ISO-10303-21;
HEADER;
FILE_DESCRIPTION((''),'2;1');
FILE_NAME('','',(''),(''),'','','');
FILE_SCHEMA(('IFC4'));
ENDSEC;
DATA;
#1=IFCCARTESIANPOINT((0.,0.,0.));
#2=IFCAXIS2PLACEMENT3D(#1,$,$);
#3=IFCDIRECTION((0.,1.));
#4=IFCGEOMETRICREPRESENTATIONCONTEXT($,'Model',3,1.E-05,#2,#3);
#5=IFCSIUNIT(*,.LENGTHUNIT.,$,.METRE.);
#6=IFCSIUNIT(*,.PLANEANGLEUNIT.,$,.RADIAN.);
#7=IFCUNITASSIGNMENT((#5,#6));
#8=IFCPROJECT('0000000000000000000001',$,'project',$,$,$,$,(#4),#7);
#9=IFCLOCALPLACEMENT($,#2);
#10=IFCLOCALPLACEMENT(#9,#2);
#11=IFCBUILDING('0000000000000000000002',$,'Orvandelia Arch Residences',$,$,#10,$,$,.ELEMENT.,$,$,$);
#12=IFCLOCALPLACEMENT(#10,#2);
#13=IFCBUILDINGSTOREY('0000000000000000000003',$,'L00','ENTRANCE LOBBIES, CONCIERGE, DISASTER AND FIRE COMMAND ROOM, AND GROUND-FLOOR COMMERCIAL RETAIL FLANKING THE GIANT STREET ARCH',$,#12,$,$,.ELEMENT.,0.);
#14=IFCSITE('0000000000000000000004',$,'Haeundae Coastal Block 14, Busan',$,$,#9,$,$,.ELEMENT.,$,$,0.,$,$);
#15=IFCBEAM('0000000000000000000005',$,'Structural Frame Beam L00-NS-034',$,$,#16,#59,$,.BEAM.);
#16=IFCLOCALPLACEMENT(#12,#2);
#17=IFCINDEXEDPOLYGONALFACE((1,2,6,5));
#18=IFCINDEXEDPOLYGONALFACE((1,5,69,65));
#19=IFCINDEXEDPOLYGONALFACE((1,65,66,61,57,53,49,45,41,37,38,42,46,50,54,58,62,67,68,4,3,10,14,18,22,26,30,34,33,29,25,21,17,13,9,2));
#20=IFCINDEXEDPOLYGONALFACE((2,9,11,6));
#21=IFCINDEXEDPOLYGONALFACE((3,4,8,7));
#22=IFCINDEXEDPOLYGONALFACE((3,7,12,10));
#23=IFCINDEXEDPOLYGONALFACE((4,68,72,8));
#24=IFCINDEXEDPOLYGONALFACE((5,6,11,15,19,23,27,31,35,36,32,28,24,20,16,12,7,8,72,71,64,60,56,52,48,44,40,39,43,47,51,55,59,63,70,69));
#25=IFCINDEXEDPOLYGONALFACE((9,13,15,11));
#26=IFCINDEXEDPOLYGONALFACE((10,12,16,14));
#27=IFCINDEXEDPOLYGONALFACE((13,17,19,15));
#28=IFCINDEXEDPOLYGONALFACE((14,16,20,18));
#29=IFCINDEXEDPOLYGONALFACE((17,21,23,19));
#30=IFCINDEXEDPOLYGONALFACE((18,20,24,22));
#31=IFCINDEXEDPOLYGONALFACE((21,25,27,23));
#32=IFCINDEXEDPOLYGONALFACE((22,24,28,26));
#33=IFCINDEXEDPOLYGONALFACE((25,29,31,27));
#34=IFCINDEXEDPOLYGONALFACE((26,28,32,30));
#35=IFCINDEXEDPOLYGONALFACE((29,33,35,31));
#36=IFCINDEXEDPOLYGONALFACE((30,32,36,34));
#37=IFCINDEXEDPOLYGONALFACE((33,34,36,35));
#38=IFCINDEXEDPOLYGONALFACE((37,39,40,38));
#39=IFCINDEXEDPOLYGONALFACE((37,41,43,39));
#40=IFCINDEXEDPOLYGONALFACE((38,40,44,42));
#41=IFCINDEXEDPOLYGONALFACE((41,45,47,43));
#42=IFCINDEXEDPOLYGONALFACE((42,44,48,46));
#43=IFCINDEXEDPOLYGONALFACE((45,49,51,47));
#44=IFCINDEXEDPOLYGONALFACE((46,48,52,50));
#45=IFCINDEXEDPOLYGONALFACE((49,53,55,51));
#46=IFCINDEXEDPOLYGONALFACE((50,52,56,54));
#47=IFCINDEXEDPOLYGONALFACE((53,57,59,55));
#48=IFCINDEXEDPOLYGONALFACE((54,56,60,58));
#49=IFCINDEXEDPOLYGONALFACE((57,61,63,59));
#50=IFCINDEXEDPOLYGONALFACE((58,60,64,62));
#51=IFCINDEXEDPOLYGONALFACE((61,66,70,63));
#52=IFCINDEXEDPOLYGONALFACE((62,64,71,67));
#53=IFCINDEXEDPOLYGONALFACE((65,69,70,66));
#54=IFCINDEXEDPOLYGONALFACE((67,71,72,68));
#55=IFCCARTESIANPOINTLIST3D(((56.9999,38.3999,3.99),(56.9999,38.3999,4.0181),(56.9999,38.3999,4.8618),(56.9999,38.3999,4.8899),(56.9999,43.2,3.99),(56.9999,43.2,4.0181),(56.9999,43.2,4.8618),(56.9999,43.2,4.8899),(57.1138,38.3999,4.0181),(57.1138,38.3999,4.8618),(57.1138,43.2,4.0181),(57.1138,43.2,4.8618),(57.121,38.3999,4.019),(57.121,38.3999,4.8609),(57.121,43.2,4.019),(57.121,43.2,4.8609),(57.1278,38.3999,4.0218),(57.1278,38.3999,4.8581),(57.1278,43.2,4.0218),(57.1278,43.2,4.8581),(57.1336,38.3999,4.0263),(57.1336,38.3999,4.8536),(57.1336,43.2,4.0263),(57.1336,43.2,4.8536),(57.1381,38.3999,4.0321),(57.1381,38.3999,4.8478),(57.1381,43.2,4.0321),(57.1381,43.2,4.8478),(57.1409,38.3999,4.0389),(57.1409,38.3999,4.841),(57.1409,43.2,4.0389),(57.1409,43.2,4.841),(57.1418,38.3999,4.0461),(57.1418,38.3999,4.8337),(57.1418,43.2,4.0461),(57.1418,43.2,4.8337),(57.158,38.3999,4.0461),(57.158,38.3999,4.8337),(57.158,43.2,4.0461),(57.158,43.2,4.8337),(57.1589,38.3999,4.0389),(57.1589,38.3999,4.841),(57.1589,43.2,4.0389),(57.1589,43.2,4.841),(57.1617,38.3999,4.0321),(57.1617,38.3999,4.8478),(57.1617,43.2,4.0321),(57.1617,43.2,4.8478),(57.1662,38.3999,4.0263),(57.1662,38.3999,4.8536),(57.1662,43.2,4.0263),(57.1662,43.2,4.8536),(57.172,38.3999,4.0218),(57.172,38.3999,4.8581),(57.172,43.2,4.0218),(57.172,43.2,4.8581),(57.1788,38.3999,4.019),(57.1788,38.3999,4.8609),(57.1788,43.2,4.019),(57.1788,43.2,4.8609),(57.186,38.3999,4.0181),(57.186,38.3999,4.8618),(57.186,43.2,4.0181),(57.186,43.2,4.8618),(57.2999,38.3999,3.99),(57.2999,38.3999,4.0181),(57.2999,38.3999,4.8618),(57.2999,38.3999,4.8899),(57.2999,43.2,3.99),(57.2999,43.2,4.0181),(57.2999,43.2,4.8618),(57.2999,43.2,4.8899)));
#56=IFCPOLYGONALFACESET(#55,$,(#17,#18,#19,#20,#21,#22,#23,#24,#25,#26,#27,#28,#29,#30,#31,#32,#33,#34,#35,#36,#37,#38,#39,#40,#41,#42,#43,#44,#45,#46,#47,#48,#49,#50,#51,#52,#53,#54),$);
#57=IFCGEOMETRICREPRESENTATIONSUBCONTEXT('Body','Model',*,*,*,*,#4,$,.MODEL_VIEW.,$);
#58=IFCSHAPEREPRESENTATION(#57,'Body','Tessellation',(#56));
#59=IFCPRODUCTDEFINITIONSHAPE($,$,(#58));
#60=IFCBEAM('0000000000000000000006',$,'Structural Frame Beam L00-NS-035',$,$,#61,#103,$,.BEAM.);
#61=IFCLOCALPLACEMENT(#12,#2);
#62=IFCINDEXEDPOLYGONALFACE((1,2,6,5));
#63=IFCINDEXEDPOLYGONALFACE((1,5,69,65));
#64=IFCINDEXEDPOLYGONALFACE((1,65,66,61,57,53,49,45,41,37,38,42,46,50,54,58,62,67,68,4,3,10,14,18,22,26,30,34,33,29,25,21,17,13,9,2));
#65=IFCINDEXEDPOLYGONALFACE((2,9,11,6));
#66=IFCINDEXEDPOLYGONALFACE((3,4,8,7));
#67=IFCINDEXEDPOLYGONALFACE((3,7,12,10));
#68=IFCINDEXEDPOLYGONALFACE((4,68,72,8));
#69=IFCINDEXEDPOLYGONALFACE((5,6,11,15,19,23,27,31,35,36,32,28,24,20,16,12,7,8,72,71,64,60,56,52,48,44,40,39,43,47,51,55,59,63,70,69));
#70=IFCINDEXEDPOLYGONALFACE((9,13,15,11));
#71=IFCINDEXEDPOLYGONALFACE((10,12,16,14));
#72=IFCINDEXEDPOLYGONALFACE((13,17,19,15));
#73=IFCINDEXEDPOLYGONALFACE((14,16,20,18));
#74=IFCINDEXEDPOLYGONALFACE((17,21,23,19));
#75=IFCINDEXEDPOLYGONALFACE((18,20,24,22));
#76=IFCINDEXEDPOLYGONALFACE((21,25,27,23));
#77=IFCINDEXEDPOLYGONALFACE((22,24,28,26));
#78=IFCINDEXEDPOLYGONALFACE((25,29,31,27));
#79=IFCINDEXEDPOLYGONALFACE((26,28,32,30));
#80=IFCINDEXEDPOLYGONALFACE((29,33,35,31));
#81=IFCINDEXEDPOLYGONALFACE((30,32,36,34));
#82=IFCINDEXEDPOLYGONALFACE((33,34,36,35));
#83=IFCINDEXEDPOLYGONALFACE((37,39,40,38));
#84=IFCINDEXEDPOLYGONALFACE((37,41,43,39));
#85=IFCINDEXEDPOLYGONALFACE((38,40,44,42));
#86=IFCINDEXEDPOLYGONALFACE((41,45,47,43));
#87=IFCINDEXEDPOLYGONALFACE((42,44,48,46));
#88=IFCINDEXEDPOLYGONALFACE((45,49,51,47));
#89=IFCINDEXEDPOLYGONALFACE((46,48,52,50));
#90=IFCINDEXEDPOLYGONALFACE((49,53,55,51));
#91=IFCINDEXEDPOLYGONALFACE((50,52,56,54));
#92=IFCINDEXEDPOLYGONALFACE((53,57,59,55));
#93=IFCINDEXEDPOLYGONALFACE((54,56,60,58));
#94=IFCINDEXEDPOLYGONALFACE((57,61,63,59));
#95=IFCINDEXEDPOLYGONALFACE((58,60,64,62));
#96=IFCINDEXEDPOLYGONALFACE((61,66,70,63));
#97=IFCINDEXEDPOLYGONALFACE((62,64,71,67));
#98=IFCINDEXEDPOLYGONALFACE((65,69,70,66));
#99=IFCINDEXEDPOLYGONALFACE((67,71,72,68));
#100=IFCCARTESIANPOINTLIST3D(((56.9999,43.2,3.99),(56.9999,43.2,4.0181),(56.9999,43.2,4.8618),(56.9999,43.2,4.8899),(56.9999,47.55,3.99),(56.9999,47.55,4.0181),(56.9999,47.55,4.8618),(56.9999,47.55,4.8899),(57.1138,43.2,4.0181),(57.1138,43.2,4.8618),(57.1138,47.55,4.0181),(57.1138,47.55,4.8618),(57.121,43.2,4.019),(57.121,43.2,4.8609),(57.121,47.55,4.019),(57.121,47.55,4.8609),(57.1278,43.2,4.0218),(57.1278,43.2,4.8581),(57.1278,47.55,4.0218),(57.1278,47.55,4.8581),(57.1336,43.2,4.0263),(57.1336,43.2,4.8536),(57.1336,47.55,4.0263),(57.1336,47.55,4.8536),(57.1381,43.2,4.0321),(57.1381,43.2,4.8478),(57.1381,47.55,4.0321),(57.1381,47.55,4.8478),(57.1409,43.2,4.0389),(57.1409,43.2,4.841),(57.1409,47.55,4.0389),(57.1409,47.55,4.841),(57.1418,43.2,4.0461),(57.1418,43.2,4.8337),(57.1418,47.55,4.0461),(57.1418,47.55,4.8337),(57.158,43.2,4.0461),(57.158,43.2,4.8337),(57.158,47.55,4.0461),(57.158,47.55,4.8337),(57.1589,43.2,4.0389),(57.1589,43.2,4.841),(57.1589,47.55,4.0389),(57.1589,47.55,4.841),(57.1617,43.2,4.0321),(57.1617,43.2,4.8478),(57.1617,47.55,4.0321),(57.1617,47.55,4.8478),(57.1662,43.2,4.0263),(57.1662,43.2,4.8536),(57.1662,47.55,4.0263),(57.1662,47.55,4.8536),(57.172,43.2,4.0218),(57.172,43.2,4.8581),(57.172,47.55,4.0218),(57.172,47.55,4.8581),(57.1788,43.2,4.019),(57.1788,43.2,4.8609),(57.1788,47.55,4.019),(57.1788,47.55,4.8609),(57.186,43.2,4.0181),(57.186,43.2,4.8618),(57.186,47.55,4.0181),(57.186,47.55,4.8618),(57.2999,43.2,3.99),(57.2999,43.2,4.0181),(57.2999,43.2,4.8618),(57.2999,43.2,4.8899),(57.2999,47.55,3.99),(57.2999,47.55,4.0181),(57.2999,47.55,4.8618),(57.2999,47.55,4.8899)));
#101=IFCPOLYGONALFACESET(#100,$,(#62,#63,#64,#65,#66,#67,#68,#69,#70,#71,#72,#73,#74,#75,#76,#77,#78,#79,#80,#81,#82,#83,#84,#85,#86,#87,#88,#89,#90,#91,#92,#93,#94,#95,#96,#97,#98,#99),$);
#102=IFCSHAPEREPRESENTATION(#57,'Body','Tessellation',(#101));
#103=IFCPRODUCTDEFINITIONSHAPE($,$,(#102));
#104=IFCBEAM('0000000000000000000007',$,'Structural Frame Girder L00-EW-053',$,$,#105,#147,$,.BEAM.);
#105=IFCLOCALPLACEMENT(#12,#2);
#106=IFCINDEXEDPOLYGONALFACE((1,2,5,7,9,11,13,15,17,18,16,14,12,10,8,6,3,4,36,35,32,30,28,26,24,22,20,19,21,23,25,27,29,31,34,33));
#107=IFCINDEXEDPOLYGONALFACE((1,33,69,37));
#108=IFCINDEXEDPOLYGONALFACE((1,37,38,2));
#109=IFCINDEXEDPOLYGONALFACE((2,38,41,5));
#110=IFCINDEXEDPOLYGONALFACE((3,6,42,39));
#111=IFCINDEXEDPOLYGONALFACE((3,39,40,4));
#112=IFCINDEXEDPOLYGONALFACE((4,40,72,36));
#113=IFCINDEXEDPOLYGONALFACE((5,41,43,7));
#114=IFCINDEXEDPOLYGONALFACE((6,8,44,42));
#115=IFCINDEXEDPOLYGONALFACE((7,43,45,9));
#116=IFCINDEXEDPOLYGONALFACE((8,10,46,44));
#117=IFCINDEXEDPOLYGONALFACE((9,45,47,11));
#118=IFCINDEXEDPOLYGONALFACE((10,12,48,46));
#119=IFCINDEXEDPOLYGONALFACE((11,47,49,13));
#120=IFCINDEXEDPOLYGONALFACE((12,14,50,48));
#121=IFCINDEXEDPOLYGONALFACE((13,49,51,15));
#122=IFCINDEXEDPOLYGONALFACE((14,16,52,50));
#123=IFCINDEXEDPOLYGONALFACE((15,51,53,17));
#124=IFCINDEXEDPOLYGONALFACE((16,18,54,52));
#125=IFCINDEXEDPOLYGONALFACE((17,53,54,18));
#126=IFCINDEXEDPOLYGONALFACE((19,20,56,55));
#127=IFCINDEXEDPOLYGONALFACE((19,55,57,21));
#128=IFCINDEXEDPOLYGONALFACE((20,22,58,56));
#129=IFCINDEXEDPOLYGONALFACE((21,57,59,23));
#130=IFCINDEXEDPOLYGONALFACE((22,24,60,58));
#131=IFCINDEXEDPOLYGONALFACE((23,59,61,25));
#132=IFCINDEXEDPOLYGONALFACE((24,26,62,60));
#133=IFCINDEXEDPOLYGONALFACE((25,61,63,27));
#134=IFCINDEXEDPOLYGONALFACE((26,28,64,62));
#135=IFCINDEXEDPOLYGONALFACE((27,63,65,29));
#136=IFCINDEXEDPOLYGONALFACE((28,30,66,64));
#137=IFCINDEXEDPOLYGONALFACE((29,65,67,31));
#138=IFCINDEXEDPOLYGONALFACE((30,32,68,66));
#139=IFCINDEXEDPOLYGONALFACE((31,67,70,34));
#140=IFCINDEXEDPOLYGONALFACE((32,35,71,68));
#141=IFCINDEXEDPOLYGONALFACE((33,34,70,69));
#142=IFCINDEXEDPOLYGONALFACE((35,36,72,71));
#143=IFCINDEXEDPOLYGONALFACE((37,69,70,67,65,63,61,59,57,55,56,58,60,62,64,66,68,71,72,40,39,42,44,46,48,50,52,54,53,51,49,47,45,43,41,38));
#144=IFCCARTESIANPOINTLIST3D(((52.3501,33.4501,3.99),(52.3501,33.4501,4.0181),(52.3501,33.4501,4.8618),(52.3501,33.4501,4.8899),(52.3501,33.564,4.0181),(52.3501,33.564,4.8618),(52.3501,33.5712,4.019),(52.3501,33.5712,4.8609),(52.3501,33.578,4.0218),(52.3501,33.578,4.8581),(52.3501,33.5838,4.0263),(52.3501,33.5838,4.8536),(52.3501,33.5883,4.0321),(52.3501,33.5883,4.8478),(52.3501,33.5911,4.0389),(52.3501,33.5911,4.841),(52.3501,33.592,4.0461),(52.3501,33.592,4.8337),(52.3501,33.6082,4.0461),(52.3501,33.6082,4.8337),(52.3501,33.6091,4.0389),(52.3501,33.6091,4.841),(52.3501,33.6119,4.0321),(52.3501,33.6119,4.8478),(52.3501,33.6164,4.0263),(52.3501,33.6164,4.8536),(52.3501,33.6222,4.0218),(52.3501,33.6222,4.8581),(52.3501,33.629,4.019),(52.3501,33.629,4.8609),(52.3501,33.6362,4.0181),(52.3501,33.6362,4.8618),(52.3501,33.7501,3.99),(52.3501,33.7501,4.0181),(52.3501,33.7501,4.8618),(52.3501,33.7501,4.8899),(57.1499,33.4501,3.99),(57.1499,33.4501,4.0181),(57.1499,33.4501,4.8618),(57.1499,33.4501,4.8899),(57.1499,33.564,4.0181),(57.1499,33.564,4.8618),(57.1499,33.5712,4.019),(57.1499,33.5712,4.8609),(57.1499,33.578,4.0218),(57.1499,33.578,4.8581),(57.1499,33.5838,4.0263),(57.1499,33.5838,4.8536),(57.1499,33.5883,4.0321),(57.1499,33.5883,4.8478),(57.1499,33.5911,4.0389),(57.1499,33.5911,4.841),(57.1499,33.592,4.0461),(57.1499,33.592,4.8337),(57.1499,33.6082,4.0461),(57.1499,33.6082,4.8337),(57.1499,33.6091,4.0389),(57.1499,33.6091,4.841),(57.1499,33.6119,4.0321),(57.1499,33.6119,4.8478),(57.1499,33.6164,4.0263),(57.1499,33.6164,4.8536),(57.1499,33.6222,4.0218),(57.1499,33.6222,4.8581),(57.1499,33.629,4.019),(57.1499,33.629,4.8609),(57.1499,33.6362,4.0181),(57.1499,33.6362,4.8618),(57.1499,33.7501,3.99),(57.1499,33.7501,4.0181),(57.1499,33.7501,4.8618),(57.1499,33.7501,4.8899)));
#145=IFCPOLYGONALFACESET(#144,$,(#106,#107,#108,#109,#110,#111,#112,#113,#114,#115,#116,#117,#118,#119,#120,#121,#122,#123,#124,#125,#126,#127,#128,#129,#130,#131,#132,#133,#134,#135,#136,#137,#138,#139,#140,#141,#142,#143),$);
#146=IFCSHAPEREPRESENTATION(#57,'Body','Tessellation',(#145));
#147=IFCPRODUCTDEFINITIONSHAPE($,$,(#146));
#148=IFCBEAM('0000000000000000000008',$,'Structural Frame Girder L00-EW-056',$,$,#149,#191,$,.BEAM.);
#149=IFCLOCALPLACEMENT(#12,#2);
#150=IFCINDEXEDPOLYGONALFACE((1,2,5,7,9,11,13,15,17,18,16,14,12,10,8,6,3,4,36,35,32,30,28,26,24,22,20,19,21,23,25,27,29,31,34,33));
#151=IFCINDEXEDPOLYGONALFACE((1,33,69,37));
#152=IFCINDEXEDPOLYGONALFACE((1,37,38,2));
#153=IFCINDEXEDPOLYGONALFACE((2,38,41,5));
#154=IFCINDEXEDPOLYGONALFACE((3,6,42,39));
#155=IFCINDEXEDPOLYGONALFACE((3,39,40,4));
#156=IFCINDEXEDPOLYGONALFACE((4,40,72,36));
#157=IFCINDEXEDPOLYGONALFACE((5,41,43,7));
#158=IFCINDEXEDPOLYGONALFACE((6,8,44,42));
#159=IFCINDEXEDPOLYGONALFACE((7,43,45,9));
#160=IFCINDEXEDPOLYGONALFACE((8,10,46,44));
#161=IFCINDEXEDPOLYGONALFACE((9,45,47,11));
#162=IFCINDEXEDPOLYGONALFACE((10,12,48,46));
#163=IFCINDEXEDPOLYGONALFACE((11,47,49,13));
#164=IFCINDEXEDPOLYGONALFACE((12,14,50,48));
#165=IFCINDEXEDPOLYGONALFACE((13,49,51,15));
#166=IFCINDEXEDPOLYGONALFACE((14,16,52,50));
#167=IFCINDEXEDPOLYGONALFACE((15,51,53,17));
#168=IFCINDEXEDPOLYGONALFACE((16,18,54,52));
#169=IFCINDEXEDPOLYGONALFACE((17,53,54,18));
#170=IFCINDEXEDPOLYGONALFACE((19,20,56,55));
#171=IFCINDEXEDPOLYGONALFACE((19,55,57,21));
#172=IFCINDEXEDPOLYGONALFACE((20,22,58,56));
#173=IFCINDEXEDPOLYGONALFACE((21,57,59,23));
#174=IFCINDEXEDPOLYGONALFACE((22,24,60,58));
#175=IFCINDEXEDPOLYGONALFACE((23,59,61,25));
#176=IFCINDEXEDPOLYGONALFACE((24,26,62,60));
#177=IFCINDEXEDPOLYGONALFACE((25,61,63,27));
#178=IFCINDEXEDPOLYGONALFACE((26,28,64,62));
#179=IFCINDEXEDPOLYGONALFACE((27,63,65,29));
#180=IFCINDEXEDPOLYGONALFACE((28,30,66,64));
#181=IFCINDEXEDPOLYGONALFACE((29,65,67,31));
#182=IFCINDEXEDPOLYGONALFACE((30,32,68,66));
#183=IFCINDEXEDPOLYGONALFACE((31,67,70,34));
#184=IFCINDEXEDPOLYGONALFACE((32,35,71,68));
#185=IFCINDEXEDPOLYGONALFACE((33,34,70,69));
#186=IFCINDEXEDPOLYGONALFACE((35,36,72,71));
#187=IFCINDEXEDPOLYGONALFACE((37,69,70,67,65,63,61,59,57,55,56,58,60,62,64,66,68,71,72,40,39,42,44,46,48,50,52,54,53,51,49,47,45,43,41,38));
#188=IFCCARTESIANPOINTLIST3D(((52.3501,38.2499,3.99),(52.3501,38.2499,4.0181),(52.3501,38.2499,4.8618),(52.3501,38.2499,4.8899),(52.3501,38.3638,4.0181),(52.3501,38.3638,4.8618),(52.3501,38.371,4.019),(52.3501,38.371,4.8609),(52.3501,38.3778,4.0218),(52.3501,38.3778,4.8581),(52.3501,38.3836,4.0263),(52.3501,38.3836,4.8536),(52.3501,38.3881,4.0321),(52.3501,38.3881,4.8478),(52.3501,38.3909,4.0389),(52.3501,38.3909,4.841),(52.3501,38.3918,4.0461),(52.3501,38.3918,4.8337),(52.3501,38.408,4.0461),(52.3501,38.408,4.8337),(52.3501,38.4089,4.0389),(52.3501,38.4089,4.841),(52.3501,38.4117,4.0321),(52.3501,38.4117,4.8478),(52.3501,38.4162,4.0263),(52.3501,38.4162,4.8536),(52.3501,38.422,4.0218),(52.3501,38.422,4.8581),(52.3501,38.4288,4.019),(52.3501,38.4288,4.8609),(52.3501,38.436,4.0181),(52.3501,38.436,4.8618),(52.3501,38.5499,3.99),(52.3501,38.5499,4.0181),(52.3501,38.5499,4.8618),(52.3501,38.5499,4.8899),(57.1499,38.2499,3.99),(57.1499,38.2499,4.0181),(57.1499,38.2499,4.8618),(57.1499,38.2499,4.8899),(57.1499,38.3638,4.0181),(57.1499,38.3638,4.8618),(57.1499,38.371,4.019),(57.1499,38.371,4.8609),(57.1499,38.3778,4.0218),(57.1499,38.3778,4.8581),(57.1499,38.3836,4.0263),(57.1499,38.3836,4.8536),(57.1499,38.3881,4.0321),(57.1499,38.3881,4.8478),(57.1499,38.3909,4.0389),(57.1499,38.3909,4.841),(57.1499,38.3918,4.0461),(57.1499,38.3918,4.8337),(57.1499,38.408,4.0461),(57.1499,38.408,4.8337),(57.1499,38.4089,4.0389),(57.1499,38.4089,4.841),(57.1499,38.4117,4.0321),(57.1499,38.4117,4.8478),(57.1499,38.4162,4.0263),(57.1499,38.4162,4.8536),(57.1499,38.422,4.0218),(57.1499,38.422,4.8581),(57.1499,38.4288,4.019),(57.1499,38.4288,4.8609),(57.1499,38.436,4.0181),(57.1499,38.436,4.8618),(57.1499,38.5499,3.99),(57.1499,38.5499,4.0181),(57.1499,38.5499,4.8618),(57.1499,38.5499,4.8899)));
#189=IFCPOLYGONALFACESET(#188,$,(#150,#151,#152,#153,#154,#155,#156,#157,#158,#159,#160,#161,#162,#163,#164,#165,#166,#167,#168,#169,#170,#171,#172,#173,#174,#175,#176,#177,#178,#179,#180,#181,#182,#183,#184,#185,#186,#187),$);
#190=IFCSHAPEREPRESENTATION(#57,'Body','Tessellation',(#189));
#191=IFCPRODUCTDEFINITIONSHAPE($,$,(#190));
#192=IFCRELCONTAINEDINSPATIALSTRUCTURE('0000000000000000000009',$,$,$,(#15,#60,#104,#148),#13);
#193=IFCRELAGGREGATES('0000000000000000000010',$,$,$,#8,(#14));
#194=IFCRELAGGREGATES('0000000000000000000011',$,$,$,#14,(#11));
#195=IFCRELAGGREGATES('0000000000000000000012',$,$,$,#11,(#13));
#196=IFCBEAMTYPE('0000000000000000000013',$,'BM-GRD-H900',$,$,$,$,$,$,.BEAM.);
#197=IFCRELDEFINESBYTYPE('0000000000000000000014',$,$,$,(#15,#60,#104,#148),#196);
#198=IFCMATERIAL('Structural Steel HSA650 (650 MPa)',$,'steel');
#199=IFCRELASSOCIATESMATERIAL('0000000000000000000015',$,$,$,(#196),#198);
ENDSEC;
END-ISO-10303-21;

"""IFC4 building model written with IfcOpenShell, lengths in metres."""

from ifc_helpers import new_model, si_unit, direction, frame, origin, origin_2d, place, context, subcontext, project, spatial, i_section, extrude, material, material_profile, profile_set, type_object, element, save


model = new_model("IFC4")

# Units and contexts
model_context = context("Model", 3, precision=1e-05, world=origin(), true_north=direction((0.0, 1.0)))
body_context = subcontext(model_context, "Body", "Model", "MODEL_VIEW")
ifc_project = project(units=[si_unit("LENGTHUNIT", "METRE"), si_unit("PLANEANGLEUNIT", "RADIAN")], contexts=[model_context])

# Site, building, storey
site_placement = place(None, origin())
site = spatial("IfcSite", under=ifc_project, at=site_placement, Name="Haeundae Coastal Block 14, Busan", CompositionType="ELEMENT", RefElevation=0.0)
building_placement = place(site_placement, origin())
building = spatial("IfcBuilding", under=site, at=building_placement, Name="Orvandelia Arch Residences", CompositionType="ELEMENT")
storey_placement = place(building_placement, origin())
storey = spatial("IfcBuildingStorey", under=building, at=storey_placement, Name="L00", Description="ENTRANCE LOBBIES, CONCIERGE, DISASTER AND FIRE COMMAND ROOM, AND GROUND-FLOOR COMMERCIAL RETAIL FLANKING THE GIANT STREET ARCH", CompositionType="ELEMENT", Elevation=0.0)

# Beams
ifc_material_1 = material(Name="Structural Steel HSA650 (650 MPa)", Category="steel")
ifc_material_profile_1 = material_profile(ifc_material_1, i_section(OverallWidth=0.3, OverallDepth=0.8999, WebThickness=0.0161, FlangeThickness=0.0281, FilletRadius=0.0281, at=origin_2d()), Name="Structural Steel HSA650 (650 MPa)", Category="steel")
ifc_profile_set_1 = profile_set([ifc_material_profile_1], Name="Structural Steel HSA650 (650 MPa)")
beam_type = type_object("IfcBeamType", Name="BM-GRD-H900", PredefinedType="BEAM", material=ifc_profile_set_1)
beam_1_placement = place(storey_placement, frame((57.1499, 38.3999, 4.4399), z_axis=(0.0, 1.0, 0.0), x_axis=(-1.0, 0.0, 0.0)))
element("IfcBeam", 1, at=beam_1_placement, inside=storey, type_object=beam_type, Name="Structural Frame Beam L00-NS-034", PredefinedType="BEAM", context=body_context, shape_type="SweptSolid", body=[
    extrude(i_section(OverallWidth=0.3, OverallDepth=0.8999, WebThickness=0.0161, FlangeThickness=0.0281, FilletRadius=0.0281, at=origin_2d()), origin(), (0.0, 0.0, 1.0), 4.8),
])
beam_2_placement = place(storey_placement, frame((57.1499, 43.2, 4.4399), z_axis=(0.0, 1.0, 0.0), x_axis=(-1.0, 0.0, 0.0)))
element("IfcBeam", 2, at=beam_2_placement, inside=storey, type_object=beam_type, Name="Structural Frame Beam L00-NS-035", PredefinedType="BEAM", context=body_context, shape_type="SweptSolid", body=[
    extrude(i_section(OverallWidth=0.3, OverallDepth=0.8999, WebThickness=0.0161, FlangeThickness=0.0281, FilletRadius=0.0281, at=origin_2d()), origin(), (0.0, 0.0, 1.0), 4.3501),
])
for number, where, z_axis, x_axis, name in (
    (3, (52.3501, 33.6001, 4.4399), (1.0, 0.0, 0.0), (0.0, 1.0, 0.0), "Structural Frame Girder L00-EW-053"),
    (4, (52.3501, 38.3999, 4.4399), (1.0, 0.0, 0.0), (0.0, 1.0, 0.0), "Structural Frame Girder L00-EW-056"),
):
    element("IfcBeam", number, at=place(storey_placement, frame(where, z_axis=z_axis, x_axis=x_axis)), inside=storey, type_object=beam_type, Name=name, PredefinedType="BEAM", context=body_context, shape_type="SweptSolid", body=[
        extrude(i_section(OverallWidth=0.3, OverallDepth=0.8999, WebThickness=0.0161, FlangeThickness=0.0281, FilletRadius=0.0281, at=origin_2d()), origin(), (0.0, 0.0, 1.0), 4.7998),
    ])

save(model, "model.ifc")
